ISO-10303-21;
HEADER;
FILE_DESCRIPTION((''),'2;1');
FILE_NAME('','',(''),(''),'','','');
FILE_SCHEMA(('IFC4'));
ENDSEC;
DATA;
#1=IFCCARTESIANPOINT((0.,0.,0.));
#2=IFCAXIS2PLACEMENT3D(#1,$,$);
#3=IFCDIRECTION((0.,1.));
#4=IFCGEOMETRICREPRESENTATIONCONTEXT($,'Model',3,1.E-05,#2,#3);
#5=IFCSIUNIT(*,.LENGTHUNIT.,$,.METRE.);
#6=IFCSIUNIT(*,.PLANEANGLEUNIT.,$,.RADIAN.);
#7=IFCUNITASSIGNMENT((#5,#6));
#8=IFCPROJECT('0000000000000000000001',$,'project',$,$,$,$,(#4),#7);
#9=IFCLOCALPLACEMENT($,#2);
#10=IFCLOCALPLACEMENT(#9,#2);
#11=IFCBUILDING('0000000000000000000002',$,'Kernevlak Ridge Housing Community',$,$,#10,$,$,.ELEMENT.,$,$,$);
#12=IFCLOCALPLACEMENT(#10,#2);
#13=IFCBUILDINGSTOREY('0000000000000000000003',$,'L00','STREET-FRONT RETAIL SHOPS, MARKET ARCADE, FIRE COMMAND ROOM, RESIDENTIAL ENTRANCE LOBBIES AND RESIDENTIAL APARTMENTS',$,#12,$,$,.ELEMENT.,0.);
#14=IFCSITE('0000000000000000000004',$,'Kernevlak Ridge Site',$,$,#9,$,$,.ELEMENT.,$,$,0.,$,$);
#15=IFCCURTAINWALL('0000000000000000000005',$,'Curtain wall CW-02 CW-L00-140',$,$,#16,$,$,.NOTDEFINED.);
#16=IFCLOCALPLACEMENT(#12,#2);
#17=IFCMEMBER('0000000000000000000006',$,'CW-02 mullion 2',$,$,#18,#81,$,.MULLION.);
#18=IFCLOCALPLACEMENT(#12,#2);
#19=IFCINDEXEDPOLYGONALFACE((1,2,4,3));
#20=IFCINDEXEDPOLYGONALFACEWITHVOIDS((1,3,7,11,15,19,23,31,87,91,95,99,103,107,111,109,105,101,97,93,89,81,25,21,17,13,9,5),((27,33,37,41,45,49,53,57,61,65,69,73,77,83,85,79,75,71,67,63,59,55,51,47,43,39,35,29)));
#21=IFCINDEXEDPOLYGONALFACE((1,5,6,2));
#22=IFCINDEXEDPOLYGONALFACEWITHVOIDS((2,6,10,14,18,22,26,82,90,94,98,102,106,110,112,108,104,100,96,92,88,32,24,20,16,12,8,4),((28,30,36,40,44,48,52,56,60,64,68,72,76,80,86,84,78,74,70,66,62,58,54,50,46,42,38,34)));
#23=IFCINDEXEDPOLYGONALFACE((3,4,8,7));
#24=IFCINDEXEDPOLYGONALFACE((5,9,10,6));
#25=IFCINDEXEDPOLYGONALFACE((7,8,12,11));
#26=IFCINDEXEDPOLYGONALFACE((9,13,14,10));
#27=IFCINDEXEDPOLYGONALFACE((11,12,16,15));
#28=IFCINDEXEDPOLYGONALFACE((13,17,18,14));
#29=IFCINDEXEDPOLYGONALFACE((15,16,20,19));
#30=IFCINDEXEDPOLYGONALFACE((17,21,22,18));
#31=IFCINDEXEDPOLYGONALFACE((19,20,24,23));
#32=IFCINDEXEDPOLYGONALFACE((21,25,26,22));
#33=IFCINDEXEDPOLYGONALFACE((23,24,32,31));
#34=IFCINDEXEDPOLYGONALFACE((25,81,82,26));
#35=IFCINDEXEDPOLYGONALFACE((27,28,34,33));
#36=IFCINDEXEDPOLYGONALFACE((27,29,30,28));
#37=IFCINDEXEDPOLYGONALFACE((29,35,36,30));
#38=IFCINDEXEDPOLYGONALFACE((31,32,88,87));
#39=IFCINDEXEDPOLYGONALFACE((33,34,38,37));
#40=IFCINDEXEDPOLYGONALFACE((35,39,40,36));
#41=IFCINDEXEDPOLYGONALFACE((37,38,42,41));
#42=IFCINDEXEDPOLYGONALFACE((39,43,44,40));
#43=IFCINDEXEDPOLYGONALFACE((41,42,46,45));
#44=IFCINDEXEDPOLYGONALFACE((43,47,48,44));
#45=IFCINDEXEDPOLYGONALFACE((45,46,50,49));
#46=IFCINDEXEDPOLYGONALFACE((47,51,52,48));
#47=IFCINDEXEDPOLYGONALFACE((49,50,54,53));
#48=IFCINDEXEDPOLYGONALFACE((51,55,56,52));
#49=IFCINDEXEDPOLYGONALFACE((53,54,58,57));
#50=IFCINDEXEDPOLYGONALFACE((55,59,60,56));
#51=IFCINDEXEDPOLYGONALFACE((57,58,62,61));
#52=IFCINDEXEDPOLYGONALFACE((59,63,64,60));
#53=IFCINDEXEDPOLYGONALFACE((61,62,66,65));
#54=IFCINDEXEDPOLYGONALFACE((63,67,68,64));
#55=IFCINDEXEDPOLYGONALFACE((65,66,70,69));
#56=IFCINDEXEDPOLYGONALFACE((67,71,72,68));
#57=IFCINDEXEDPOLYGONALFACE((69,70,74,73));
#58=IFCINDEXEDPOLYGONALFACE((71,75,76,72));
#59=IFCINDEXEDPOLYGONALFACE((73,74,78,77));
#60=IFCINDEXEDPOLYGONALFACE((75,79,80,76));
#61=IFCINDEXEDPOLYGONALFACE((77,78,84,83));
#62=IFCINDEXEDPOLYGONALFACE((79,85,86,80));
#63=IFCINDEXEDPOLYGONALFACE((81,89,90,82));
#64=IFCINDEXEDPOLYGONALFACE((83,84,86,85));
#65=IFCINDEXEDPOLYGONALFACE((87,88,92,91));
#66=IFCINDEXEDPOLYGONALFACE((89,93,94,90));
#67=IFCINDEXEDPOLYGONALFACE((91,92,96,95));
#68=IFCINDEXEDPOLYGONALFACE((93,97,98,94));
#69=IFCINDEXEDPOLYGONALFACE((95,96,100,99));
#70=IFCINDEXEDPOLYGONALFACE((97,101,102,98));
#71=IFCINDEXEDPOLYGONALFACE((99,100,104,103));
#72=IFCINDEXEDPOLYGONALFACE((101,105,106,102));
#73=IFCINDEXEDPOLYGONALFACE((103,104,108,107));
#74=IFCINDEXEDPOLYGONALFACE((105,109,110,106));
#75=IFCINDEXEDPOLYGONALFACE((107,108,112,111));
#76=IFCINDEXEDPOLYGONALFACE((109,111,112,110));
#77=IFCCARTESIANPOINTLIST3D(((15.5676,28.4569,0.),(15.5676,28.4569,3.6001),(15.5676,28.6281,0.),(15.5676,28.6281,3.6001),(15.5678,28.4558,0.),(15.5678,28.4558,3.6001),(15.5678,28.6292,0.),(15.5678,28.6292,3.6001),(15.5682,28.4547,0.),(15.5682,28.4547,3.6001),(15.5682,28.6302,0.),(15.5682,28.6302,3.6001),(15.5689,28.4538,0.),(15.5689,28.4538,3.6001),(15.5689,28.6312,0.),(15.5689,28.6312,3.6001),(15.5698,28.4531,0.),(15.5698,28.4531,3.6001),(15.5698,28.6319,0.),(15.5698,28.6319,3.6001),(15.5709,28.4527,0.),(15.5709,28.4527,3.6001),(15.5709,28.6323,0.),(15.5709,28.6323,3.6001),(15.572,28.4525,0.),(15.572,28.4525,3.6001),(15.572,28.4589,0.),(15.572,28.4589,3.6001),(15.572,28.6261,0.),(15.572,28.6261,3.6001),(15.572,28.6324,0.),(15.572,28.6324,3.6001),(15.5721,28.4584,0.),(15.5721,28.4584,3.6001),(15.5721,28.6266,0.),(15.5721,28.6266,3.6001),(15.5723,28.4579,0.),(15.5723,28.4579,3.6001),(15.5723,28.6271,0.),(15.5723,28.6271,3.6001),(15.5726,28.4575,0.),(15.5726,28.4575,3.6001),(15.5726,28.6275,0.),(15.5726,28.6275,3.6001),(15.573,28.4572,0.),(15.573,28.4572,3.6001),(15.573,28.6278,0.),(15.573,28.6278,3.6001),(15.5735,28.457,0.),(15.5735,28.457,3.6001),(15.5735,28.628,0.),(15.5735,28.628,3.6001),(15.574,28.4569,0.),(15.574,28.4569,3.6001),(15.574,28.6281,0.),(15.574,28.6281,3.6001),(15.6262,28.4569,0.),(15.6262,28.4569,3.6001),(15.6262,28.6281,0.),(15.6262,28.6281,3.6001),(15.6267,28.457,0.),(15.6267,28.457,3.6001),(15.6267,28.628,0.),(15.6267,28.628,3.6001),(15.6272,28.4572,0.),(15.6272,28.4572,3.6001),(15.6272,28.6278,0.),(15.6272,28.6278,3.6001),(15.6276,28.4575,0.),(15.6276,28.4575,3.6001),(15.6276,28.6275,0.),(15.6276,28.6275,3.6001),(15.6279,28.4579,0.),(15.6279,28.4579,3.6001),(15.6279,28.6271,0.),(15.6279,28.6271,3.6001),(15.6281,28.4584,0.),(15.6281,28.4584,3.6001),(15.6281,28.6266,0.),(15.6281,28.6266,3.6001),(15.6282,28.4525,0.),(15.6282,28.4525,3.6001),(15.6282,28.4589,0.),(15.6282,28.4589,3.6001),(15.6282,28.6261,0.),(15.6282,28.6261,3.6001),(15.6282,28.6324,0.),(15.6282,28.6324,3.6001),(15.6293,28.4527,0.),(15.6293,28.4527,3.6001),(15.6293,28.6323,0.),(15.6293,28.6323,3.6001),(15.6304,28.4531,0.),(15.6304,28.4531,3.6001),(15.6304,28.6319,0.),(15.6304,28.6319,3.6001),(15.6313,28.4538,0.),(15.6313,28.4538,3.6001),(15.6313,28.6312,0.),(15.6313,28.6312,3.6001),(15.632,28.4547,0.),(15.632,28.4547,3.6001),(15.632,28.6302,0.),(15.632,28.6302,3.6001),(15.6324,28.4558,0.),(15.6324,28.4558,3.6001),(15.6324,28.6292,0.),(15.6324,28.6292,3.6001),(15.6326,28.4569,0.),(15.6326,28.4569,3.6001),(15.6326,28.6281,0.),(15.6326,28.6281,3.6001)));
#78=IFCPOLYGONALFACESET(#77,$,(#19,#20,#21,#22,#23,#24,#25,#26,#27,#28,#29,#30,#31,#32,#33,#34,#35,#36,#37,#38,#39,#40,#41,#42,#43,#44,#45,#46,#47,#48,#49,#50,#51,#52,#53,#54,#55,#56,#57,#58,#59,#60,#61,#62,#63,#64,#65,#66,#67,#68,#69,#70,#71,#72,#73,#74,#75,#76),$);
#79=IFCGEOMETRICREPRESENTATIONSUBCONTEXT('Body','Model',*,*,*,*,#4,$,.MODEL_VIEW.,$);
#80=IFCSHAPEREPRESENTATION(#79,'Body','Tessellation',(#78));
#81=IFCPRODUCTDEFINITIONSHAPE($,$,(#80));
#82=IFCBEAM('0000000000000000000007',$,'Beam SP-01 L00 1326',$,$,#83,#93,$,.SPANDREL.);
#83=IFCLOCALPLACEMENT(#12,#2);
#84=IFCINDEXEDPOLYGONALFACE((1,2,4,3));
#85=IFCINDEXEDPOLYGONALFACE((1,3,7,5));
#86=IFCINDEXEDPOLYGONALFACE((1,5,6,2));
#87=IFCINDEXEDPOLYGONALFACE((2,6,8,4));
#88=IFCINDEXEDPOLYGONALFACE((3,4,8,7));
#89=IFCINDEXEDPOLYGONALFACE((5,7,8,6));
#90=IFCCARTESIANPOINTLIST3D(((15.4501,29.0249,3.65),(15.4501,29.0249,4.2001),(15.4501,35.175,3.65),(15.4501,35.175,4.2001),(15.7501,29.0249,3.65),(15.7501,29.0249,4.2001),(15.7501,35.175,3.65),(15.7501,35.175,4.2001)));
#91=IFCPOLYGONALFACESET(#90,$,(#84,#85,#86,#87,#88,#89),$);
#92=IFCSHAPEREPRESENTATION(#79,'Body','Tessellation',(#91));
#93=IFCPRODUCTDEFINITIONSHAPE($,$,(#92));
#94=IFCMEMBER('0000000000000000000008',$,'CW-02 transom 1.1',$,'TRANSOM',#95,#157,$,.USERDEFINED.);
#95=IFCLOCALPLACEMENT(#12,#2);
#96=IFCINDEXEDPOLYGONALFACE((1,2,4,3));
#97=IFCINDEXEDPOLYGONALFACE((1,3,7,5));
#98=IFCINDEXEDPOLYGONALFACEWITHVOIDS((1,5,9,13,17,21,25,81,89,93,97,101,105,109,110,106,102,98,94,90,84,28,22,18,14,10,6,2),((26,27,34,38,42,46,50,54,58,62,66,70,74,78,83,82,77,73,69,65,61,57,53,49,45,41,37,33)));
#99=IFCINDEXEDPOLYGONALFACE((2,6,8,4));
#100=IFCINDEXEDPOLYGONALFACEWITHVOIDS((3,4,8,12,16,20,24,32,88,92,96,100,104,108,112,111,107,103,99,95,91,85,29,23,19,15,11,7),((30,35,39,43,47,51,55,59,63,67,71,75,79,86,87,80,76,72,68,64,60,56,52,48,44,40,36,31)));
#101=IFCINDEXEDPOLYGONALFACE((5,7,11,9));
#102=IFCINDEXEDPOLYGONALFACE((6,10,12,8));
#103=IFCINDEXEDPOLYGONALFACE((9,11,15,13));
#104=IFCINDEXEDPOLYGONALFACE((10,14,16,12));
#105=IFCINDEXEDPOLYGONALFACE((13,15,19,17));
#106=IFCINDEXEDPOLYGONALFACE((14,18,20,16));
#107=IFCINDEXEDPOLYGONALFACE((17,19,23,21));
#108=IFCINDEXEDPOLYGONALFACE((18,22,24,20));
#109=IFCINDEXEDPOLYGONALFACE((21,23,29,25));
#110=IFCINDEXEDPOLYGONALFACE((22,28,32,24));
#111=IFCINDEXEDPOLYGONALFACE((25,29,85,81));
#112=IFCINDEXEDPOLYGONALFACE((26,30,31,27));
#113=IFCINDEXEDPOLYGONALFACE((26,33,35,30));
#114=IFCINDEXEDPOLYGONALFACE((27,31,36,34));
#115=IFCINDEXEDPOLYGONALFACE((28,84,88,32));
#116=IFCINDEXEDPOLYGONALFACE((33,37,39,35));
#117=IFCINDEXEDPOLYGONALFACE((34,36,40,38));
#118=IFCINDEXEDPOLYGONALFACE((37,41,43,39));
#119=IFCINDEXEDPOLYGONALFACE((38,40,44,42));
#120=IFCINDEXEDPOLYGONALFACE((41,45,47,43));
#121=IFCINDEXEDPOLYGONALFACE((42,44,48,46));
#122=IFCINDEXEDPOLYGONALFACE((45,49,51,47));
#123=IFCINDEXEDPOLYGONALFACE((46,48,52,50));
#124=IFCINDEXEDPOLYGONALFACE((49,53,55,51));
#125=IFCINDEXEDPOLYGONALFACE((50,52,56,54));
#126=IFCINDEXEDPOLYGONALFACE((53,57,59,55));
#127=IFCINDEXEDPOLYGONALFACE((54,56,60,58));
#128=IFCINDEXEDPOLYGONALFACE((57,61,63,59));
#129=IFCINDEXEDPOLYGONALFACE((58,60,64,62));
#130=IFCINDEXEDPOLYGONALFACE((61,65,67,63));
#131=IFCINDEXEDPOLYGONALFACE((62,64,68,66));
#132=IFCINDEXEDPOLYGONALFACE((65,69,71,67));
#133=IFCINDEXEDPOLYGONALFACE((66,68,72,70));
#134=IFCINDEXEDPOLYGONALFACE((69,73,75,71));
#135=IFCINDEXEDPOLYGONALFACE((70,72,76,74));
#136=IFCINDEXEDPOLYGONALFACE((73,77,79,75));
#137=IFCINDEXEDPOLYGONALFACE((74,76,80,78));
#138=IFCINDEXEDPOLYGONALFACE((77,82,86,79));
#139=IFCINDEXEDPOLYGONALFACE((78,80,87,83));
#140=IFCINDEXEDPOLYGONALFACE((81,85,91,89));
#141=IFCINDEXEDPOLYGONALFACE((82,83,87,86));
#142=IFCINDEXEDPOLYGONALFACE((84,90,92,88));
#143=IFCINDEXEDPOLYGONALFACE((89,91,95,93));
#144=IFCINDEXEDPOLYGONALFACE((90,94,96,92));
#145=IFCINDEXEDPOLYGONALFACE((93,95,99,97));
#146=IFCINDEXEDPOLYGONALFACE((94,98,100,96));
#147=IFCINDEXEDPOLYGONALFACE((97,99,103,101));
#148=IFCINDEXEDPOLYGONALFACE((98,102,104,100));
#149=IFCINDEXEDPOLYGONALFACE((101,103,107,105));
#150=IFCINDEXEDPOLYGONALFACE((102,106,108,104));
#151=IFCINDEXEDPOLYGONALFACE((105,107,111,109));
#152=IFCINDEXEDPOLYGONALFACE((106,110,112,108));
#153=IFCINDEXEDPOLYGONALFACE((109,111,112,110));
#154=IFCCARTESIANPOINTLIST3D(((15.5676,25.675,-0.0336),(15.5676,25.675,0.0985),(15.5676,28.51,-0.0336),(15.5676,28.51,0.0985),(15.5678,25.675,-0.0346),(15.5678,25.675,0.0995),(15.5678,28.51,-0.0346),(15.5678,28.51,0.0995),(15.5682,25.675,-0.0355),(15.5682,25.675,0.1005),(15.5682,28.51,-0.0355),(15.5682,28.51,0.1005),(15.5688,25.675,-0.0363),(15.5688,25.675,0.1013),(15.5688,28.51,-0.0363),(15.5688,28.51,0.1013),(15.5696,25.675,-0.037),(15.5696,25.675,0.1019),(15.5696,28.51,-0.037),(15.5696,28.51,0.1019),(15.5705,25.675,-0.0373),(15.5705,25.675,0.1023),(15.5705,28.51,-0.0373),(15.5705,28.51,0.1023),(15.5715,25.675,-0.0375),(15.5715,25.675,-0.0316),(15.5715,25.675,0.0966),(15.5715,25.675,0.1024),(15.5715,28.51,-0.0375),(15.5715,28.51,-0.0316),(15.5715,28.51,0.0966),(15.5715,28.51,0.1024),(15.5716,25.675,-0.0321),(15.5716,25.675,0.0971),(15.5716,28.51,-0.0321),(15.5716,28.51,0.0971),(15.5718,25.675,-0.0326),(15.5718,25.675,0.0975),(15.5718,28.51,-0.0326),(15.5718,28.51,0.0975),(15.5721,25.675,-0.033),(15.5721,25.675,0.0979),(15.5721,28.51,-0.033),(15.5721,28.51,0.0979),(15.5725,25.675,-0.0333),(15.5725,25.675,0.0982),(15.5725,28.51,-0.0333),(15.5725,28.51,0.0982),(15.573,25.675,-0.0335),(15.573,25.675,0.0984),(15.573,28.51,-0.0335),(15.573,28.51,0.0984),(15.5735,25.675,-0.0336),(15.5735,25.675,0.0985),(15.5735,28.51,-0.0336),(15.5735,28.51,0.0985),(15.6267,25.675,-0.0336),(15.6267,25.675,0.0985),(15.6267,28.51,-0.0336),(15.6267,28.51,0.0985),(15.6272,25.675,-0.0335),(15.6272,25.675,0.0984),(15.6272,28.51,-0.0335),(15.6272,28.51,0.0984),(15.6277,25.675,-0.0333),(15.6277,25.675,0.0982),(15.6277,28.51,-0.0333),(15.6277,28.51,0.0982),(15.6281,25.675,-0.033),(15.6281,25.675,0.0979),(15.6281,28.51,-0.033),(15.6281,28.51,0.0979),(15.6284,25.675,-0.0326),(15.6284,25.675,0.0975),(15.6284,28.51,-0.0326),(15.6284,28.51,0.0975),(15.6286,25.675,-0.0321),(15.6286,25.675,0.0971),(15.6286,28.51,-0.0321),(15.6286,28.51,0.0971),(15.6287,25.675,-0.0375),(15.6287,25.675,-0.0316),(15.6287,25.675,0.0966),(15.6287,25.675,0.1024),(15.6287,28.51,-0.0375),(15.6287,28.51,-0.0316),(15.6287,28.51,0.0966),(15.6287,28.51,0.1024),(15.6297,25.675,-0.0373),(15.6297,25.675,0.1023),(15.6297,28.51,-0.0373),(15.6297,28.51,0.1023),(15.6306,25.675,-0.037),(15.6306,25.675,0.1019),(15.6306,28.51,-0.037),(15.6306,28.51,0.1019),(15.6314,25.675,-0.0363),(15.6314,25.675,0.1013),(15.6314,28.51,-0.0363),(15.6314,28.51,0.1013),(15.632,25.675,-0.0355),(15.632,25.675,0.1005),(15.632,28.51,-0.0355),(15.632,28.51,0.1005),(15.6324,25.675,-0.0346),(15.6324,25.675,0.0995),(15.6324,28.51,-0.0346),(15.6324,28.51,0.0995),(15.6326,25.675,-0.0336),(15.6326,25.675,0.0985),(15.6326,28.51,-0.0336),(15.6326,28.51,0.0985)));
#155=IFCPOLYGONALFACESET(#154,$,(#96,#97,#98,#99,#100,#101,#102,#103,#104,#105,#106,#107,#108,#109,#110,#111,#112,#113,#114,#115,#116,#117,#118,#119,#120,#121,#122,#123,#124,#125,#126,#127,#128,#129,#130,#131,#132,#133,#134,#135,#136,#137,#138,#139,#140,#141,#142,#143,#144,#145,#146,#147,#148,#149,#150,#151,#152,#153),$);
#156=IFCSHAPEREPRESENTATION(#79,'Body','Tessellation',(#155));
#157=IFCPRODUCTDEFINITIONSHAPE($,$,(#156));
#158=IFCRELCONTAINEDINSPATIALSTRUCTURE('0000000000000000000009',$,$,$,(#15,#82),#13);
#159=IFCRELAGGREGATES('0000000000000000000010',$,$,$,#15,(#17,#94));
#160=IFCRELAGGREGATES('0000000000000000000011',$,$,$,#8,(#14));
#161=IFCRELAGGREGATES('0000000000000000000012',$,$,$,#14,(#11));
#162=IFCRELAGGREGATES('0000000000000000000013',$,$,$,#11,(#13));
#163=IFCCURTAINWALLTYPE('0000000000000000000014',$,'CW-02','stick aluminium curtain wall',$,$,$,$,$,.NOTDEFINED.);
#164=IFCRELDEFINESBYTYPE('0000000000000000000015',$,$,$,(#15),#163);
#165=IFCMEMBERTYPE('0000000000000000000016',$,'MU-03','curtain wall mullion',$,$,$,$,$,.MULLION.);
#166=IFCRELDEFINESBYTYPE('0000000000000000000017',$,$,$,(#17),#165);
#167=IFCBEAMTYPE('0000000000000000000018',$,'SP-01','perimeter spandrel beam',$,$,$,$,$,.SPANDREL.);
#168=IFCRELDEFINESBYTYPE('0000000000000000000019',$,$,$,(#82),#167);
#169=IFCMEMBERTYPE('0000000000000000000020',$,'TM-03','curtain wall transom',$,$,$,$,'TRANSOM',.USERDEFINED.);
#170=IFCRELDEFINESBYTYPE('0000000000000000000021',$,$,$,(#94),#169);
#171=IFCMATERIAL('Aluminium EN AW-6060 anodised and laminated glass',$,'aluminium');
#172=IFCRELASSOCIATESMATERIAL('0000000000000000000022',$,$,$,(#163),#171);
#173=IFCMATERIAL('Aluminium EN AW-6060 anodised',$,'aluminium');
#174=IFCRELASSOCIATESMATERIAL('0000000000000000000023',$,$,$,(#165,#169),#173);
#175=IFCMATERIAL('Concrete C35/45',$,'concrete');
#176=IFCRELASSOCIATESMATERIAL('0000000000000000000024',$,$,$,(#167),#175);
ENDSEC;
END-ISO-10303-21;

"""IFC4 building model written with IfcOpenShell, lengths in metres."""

from ifc_helpers import new_model, si_unit, direction, frame, origin, origin_2d, place, context, subcontext, project, spatial, rectangle, hollow_rectangle, extrude, material, material_profile, profile_set, type_object, element, aggregate, save


model = new_model("IFC4")

# Units and contexts
model_context = context("Model", 3, precision=1e-05, world=origin(), true_north=direction((0.0, 1.0)))
body_context = subcontext(model_context, "Body", "Model", "MODEL_VIEW")
ifc_project = project(units=[si_unit("LENGTHUNIT", "METRE"), si_unit("PLANEANGLEUNIT", "RADIAN")], contexts=[model_context])

# Site, building, storey
site_placement = place(None, origin())
site = spatial("IfcSite", under=ifc_project, at=site_placement, Name="Kernevlak Ridge Site", CompositionType="ELEMENT", RefElevation=0.0)
building_placement = place(site_placement, origin())
building = spatial("IfcBuilding", under=site, at=building_placement, Name="Kernevlak Ridge Housing Community", CompositionType="ELEMENT")
storey_placement = place(building_placement, origin())
storey = spatial("IfcBuildingStorey", under=building, at=storey_placement, Name="L00", Description="STREET-FRONT RETAIL SHOPS, MARKET ARCADE, FIRE COMMAND ROOM, RESIDENTIAL ENTRANCE LOBBIES AND RESIDENTIAL APARTMENTS", CompositionType="ELEMENT", Elevation=0.0)

# Shared definitions
ifc_material_1 = material(Name="Concrete C35/45", Category="concrete")

# Curtain wall, member
ifc_material_2 = material(Name="Aluminium EN AW-6060 anodised and laminated glass", Category="aluminium")
curtain_wall_type = type_object("IfcCurtainWallType", Name="CW-02", Description="stick aluminium curtain wall", PredefinedType="NOTDEFINED", material=ifc_material_2)
curtain_wall_placement = place(storey_placement, origin())
curtain_wall = element("IfcCurtainWall", 1, at=curtain_wall_placement, inside=storey, type_object=curtain_wall_type, Name="Curtain wall CW-02 CW-L00-140", PredefinedType="NOTDEFINED")
ifc_material_3 = material(Name="Aluminium EN AW-6060 anodised", Category="aluminium")
ifc_material_profile_1 = material_profile(ifc_material_3, hollow_rectangle(XDim=0.0649, YDim=0.1799, WallThickness=0.0044, InnerFilletRadius=0.002, OuterFilletRadius=0.0044, at=origin_2d()), Name="ALU 65x180x4.5")
ifc_profile_set_1 = profile_set([ifc_material_profile_1], Name="Aluminium EN AW-6060 anodised")
member_type_1 = type_object("IfcMemberType", Name="MU-03", Description="curtain wall mullion", PredefinedType="MULLION", material=ifc_profile_set_1)
member_1_placement = place(storey_placement, frame((15.6001, 28.5425, 0.0), z_axis=(0.0, 0.0, 1.0), x_axis=(-1.0, 0.0, 0.0)))
member_1 = element("IfcMember", 2, at=member_1_placement, type_object=member_type_1, Name="CW-02 mullion 2", PredefinedType="MULLION", context=body_context, shape_type="SweptSolid", body=[
    extrude(hollow_rectangle(XDim=0.0649, YDim=0.1799, WallThickness=0.0044, InnerFilletRadius=0.002, OuterFilletRadius=0.0044, at=origin_2d()), origin(), (0.0, 0.0, 1.0), 3.6001),
])

# Beam
ifc_material_profile_2 = material_profile(ifc_material_1, rectangle(XDim=0.3, YDim=0.55, at=origin_2d()), Name="RC 300x550")
ifc_profile_set_2 = profile_set([ifc_material_profile_2], Name="Concrete C35/45")
beam_type_1 = type_object("IfcBeamType", Name="SP-01", Description="perimeter spandrel beam", PredefinedType="SPANDREL", material=ifc_profile_set_2)
beam_1_placement = place(storey_placement, frame((15.6001, 29.0249, 3.925), z_axis=(0.0, 1.0, 0.0), x_axis=(-1.0, 0.0, 0.0)))
element("IfcBeam", 3, at=beam_1_placement, inside=storey, type_object=beam_type_1, Name="Beam SP-01 L00 1326", PredefinedType="SPANDREL", context=body_context, shape_type="SweptSolid", body=[
    extrude(rectangle(XDim=0.3, YDim=0.55, at=origin_2d()), origin(), (0.0, 0.0, 1.0), 6.1501),
])

# Member
ifc_material_profile_3 = material_profile(ifc_material_3, hollow_rectangle(XDim=0.0649, YDim=0.1399, WallThickness=0.0039, InnerFilletRadius=0.002, OuterFilletRadius=0.0039, at=origin_2d()), Name="ALU 65x140x4")
ifc_profile_set_3 = profile_set([ifc_material_profile_3], Name="Aluminium EN AW-6060 anodised")
member_type_2 = type_object("IfcMemberType", Name="TM-03", Description="curtain wall transom", ElementType="TRANSOM", PredefinedType="USERDEFINED", material=ifc_profile_set_3)
member_2_placement = place(storey_placement, frame((15.6001, 25.675, 0.0325), z_axis=(0.0, 1.0, 0.0), x_axis=(-1.0, 0.0, 0.0)))
member_2 = element("IfcMember", 4, at=member_2_placement, type_object=member_type_2, Name="CW-02 transom 1.1", ObjectType="TRANSOM", PredefinedType="USERDEFINED", context=body_context, shape_type="SweptSolid", body=[
    extrude(hollow_rectangle(XDim=0.0649, YDim=0.1399, WallThickness=0.0039, InnerFilletRadius=0.002, OuterFilletRadius=0.0039, at=origin_2d()), origin(), (0.0, 0.0, 1.0), 2.835),
])

aggregate(curtain_wall, [member_1, member_2])

save(model, "model.ifc")
